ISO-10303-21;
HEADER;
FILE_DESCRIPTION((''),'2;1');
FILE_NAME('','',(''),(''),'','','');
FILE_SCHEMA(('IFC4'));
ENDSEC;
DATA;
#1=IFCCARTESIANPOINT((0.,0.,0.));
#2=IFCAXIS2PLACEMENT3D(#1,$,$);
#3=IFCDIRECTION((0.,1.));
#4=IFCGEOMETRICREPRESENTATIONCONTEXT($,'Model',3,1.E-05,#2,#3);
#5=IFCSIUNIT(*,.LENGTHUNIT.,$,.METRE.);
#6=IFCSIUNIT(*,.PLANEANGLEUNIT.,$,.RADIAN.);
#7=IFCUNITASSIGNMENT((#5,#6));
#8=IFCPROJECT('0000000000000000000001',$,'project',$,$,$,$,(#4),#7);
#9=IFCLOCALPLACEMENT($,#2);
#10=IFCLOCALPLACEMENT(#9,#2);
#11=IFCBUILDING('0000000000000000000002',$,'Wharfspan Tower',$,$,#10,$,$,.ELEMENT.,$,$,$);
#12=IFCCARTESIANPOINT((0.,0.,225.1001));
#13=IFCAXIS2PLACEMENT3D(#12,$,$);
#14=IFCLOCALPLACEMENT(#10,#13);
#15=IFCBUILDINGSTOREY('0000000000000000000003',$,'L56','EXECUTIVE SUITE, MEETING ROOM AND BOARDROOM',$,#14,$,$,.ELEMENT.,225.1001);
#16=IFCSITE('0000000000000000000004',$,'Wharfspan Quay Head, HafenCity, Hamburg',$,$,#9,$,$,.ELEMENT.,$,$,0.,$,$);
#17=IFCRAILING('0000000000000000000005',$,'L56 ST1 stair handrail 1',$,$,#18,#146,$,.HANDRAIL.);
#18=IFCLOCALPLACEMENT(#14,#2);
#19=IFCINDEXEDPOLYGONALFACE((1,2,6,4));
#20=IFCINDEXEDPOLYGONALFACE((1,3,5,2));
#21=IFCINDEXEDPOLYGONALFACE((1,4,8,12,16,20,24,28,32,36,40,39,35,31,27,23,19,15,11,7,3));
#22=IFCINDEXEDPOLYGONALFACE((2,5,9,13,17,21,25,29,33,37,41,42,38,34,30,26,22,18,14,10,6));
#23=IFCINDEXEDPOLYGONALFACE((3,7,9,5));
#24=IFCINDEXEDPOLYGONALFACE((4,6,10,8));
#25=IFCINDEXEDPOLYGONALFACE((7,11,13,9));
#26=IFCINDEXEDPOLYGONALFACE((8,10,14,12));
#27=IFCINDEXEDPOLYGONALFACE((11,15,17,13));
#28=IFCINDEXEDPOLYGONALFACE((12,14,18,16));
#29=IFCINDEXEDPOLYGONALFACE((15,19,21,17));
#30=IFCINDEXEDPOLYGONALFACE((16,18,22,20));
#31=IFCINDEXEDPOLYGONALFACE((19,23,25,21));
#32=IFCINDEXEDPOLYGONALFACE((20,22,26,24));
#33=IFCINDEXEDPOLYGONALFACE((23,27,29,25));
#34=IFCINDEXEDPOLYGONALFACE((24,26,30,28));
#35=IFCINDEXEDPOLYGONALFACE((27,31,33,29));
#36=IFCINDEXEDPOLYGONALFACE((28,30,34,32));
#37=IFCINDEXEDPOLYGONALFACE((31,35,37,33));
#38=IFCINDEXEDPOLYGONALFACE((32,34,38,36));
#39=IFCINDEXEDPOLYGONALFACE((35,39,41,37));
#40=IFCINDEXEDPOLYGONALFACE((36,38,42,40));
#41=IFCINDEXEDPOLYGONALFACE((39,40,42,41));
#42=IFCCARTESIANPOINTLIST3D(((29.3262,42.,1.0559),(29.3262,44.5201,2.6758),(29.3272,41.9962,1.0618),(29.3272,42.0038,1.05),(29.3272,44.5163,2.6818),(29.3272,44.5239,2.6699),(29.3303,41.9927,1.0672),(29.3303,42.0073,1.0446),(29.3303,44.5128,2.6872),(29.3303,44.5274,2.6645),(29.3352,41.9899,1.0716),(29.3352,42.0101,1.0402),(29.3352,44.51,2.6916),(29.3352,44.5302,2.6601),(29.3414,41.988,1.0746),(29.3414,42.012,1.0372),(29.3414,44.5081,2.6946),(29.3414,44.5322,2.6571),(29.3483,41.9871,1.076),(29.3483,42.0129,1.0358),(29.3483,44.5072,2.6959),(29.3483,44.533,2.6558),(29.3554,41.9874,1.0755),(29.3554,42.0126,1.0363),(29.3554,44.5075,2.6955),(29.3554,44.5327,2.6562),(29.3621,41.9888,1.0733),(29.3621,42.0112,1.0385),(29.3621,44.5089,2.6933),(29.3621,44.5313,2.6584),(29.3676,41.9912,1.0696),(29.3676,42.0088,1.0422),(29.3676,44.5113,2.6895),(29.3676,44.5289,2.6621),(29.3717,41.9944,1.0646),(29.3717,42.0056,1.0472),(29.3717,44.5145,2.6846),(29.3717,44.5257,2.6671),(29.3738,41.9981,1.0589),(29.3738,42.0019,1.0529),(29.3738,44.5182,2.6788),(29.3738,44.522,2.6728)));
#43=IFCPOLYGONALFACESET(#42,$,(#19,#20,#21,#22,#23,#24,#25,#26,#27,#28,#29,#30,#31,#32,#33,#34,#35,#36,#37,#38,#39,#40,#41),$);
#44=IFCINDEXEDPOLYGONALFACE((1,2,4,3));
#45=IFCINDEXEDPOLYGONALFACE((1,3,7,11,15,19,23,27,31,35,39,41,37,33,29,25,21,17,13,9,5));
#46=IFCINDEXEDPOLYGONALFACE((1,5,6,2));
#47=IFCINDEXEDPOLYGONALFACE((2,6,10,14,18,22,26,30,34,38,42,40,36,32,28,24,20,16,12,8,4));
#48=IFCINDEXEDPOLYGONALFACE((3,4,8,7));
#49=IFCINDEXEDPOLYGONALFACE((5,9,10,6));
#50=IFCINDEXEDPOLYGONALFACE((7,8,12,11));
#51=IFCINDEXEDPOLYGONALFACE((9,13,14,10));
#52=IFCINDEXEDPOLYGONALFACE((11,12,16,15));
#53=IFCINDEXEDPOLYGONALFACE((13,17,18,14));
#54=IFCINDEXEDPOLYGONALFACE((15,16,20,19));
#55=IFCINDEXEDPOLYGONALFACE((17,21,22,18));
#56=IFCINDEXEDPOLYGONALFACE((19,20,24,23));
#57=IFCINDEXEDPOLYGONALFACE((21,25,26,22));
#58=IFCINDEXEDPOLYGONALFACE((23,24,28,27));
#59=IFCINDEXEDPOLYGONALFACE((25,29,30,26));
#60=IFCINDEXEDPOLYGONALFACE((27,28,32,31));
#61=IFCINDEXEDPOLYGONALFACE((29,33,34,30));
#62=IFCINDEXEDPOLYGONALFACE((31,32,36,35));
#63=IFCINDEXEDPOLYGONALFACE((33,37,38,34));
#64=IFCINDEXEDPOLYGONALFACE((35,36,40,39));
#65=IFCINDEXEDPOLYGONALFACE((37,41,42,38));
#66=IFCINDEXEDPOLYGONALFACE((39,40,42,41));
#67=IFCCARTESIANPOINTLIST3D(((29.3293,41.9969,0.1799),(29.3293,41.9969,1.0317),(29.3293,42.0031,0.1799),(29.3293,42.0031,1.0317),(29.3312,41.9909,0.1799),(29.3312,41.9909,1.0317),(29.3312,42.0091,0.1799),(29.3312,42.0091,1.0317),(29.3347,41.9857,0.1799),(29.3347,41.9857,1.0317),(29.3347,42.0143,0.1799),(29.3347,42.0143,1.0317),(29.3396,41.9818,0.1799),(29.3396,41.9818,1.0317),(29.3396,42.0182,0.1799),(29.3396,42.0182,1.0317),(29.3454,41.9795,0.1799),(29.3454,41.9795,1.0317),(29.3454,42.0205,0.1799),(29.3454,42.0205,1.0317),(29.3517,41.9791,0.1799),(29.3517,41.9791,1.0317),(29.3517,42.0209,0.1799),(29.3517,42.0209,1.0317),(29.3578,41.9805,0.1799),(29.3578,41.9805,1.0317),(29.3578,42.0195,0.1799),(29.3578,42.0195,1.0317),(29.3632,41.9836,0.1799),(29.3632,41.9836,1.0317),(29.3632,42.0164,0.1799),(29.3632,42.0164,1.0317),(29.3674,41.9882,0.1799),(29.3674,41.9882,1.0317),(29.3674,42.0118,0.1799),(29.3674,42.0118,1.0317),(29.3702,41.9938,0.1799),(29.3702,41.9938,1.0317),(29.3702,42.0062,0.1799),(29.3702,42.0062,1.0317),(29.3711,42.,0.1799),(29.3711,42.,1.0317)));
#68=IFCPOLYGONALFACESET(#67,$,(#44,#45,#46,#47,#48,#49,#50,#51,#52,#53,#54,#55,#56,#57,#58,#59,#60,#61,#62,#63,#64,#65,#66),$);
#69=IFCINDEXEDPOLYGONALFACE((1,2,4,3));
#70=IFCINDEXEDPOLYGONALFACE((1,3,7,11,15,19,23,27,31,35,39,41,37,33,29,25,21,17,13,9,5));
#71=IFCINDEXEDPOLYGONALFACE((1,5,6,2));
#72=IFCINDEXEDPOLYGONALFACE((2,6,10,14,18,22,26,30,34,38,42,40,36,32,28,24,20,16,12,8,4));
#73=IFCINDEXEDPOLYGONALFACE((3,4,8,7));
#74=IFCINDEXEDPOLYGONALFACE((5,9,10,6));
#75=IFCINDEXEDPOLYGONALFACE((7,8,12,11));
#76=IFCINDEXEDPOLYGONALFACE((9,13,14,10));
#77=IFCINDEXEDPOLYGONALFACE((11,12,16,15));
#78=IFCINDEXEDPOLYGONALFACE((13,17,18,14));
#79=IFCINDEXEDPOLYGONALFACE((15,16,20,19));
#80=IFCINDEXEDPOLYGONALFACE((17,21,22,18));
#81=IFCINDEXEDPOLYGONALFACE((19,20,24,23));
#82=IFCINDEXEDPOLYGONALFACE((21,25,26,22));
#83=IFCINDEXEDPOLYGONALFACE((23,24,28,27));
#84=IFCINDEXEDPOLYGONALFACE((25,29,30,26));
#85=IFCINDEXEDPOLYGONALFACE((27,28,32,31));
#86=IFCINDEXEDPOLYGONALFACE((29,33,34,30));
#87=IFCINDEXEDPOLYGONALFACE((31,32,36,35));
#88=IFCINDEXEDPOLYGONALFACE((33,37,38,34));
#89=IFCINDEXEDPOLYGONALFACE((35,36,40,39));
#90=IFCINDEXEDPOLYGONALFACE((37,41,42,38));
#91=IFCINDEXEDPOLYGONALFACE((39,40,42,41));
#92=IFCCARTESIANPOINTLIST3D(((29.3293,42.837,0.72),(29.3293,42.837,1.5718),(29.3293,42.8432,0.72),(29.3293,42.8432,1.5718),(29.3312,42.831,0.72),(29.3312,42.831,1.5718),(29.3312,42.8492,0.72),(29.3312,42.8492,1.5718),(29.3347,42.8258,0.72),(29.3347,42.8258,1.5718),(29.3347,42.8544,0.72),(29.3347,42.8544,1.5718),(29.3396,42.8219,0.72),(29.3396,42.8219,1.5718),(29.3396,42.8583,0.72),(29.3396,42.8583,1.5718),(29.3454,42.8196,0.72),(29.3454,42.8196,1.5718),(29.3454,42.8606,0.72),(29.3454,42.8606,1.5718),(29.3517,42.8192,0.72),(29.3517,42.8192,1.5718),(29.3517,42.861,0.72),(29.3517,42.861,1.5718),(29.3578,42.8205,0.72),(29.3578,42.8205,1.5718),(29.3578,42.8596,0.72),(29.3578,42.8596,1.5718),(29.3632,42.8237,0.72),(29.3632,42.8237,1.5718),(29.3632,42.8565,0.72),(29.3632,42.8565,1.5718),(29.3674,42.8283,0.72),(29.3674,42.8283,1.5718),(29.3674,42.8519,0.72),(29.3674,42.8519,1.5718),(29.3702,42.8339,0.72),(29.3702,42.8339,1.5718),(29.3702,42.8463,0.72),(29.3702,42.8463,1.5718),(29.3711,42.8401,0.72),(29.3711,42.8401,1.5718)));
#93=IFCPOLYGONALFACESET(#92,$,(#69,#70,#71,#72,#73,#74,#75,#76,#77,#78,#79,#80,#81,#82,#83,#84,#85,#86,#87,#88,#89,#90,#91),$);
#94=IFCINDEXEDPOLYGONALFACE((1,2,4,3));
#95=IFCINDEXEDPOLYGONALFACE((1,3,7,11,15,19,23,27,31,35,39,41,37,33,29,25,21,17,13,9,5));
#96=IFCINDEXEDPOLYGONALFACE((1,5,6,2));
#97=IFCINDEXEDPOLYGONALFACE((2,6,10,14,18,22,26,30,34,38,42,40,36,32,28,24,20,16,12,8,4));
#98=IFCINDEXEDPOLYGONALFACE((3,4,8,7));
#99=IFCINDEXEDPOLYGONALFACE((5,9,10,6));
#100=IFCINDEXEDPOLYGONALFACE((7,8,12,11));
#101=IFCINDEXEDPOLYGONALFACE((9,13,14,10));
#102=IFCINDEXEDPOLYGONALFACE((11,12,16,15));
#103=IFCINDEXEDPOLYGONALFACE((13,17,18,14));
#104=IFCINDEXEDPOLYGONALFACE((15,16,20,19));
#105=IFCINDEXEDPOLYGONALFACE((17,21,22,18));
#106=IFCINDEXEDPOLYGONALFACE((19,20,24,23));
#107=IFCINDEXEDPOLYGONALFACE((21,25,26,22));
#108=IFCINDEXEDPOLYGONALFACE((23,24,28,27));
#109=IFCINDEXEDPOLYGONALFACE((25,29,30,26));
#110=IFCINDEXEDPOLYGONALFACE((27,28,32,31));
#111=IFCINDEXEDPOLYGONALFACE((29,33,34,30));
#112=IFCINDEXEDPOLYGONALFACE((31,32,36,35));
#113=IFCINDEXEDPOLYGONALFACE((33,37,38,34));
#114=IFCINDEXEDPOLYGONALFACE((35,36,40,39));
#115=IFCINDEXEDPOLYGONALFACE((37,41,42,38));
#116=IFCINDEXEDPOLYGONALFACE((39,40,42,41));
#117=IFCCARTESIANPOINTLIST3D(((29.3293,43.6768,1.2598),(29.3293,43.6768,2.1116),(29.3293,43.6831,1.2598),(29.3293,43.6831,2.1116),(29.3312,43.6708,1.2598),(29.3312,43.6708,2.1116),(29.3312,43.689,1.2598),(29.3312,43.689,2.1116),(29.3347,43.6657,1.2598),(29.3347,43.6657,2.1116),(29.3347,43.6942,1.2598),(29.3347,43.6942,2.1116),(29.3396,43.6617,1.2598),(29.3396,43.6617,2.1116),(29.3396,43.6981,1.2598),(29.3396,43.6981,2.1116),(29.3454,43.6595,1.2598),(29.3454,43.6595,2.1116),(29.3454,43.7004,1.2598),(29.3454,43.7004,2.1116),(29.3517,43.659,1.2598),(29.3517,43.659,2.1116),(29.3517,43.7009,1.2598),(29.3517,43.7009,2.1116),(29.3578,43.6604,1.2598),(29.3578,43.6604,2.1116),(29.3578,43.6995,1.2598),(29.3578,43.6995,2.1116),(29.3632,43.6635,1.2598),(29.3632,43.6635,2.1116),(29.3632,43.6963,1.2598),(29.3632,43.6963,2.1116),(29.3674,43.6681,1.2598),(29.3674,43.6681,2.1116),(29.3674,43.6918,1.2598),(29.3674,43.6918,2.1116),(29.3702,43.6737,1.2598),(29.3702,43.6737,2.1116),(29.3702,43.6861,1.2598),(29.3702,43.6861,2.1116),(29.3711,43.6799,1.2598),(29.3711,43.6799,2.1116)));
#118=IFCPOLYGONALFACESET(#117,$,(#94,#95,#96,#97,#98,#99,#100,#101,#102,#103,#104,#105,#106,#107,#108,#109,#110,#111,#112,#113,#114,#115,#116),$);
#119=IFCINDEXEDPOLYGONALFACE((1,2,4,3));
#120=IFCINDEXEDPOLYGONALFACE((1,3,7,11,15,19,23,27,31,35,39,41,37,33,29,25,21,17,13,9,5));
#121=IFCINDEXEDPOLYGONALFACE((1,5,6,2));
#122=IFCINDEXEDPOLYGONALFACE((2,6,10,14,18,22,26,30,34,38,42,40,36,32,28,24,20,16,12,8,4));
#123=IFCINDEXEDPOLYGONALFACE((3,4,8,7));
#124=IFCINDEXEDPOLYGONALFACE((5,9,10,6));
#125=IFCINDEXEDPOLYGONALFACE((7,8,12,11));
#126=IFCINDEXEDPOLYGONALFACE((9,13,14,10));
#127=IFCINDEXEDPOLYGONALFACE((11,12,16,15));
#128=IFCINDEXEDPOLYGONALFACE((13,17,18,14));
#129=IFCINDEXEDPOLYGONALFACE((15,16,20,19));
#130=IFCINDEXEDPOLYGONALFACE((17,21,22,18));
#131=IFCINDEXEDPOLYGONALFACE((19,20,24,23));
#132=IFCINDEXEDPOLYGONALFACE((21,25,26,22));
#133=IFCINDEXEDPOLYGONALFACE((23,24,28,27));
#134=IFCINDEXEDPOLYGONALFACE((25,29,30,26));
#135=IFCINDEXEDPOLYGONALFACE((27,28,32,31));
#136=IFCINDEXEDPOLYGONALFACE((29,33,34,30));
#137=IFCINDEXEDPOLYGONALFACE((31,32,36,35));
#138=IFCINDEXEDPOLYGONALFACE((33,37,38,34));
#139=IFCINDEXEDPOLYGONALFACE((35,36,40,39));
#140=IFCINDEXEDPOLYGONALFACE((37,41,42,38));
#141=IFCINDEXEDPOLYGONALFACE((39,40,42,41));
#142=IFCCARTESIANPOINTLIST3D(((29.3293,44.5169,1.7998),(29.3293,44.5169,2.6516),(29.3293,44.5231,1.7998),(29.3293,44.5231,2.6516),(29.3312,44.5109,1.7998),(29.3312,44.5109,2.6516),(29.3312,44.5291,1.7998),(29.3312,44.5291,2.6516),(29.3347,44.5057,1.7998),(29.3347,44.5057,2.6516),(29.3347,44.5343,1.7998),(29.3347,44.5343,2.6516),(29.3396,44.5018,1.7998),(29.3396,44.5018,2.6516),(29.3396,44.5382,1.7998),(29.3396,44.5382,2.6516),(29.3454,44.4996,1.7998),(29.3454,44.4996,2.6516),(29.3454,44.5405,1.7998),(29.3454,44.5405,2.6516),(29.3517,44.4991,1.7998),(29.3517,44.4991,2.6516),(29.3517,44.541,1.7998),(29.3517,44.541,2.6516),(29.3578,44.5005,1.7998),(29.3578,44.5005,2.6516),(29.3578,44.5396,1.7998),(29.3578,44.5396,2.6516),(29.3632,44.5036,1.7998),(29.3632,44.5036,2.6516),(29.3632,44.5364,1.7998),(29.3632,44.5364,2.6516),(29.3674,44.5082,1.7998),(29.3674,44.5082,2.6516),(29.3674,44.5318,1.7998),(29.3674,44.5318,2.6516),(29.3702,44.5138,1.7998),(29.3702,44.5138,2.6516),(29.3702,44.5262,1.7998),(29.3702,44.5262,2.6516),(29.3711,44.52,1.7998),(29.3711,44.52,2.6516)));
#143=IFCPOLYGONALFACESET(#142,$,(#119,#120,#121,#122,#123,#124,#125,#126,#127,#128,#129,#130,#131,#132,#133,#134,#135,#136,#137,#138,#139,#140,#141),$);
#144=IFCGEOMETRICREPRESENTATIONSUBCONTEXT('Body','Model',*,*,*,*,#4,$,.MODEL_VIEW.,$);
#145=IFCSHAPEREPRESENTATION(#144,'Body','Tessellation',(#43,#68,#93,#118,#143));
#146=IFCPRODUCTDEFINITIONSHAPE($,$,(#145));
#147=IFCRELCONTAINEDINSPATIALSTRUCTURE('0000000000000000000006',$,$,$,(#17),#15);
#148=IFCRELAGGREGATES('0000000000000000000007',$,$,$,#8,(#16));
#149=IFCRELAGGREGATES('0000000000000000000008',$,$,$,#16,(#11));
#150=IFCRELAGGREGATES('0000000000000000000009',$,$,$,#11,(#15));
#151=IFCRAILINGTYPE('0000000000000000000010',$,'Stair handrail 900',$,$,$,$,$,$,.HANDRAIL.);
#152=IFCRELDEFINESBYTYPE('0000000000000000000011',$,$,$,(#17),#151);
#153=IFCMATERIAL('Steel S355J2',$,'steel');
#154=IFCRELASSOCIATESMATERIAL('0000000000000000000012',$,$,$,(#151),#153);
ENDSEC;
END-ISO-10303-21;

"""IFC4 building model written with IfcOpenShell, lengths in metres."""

from ifc_helpers import new_model, si_unit, direction, frame, origin, origin_2d, place, context, subcontext, project, spatial, circle, extrude, material, type_object, element, save


model = new_model("IFC4")

# Units and contexts
model_context = context("Model", 3, precision=1e-05, world=origin(), true_north=direction((0.0, 1.0)))
body_context = subcontext(model_context, "Body", "Model", "MODEL_VIEW")
ifc_project = project(units=[si_unit("LENGTHUNIT", "METRE"), si_unit("PLANEANGLEUNIT", "RADIAN")], contexts=[model_context])

# Site, building, storey
site_placement = place(None, origin())
site = spatial("IfcSite", under=ifc_project, at=site_placement, Name="Wharfspan Quay Head, HafenCity, Hamburg", CompositionType="ELEMENT", RefElevation=0.0)
building_placement = place(site_placement, origin())
building = spatial("IfcBuilding", under=site, at=building_placement, Name="Wharfspan Tower", CompositionType="ELEMENT")
storey_placement = place(building_placement, frame((0.0, 0.0, 225.1001)))
storey = spatial("IfcBuildingStorey", under=building, at=storey_placement, Name="L56", Description="EXECUTIVE SUITE, MEETING ROOM AND BOARDROOM", CompositionType="ELEMENT", Elevation=225.1001)

# Shared definitions
ifc_material_1 = material(Name="Steel S355J2", Category="steel")

# Railing
railing_type_1 = type_object("IfcRailingType", Name="Stair handrail 900", PredefinedType="HANDRAIL", material=ifc_material_1)
railing_1_placement = place(storey_placement, frame((29.3501, 42.0, 0.1799)))
element("IfcRailing", 1, at=railing_1_placement, inside=storey, type_object=railing_type_1, Name="L56 ST1 stair handrail 1", PredefinedType="HANDRAIL", context=body_context, shape_type="SweptSolid", body=[
    extrude(circle(Radius=0.0239, at=origin_2d()), frame((0.0, 0.0, 0.876), z_axis=(0.0, 0.8412, 0.540725), x_axis=(-1.0, 0.0, 0.0)), (0.0, 0.0, 1.0), 2.9958),
    extrude(circle(Radius=0.021, at=origin_2d()), origin(), (0.0, 0.0, 1.0), 0.8518),
    extrude(circle(Radius=0.021, at=origin_2d()), frame((0.0, 0.8401, 0.54)), (0.0, 0.0, 1.0), 0.8518),
    extrude(circle(Radius=0.021, at=origin_2d()), frame((0.0, 1.6799, 1.0798)), (0.0, 0.0, 1.0), 0.8518),
    extrude(circle(Radius=0.021, at=origin_2d()), frame((0.0, 2.52, 1.6199)), (0.0, 0.0, 1.0), 0.8518),
])

save(model, "model.ifc")
